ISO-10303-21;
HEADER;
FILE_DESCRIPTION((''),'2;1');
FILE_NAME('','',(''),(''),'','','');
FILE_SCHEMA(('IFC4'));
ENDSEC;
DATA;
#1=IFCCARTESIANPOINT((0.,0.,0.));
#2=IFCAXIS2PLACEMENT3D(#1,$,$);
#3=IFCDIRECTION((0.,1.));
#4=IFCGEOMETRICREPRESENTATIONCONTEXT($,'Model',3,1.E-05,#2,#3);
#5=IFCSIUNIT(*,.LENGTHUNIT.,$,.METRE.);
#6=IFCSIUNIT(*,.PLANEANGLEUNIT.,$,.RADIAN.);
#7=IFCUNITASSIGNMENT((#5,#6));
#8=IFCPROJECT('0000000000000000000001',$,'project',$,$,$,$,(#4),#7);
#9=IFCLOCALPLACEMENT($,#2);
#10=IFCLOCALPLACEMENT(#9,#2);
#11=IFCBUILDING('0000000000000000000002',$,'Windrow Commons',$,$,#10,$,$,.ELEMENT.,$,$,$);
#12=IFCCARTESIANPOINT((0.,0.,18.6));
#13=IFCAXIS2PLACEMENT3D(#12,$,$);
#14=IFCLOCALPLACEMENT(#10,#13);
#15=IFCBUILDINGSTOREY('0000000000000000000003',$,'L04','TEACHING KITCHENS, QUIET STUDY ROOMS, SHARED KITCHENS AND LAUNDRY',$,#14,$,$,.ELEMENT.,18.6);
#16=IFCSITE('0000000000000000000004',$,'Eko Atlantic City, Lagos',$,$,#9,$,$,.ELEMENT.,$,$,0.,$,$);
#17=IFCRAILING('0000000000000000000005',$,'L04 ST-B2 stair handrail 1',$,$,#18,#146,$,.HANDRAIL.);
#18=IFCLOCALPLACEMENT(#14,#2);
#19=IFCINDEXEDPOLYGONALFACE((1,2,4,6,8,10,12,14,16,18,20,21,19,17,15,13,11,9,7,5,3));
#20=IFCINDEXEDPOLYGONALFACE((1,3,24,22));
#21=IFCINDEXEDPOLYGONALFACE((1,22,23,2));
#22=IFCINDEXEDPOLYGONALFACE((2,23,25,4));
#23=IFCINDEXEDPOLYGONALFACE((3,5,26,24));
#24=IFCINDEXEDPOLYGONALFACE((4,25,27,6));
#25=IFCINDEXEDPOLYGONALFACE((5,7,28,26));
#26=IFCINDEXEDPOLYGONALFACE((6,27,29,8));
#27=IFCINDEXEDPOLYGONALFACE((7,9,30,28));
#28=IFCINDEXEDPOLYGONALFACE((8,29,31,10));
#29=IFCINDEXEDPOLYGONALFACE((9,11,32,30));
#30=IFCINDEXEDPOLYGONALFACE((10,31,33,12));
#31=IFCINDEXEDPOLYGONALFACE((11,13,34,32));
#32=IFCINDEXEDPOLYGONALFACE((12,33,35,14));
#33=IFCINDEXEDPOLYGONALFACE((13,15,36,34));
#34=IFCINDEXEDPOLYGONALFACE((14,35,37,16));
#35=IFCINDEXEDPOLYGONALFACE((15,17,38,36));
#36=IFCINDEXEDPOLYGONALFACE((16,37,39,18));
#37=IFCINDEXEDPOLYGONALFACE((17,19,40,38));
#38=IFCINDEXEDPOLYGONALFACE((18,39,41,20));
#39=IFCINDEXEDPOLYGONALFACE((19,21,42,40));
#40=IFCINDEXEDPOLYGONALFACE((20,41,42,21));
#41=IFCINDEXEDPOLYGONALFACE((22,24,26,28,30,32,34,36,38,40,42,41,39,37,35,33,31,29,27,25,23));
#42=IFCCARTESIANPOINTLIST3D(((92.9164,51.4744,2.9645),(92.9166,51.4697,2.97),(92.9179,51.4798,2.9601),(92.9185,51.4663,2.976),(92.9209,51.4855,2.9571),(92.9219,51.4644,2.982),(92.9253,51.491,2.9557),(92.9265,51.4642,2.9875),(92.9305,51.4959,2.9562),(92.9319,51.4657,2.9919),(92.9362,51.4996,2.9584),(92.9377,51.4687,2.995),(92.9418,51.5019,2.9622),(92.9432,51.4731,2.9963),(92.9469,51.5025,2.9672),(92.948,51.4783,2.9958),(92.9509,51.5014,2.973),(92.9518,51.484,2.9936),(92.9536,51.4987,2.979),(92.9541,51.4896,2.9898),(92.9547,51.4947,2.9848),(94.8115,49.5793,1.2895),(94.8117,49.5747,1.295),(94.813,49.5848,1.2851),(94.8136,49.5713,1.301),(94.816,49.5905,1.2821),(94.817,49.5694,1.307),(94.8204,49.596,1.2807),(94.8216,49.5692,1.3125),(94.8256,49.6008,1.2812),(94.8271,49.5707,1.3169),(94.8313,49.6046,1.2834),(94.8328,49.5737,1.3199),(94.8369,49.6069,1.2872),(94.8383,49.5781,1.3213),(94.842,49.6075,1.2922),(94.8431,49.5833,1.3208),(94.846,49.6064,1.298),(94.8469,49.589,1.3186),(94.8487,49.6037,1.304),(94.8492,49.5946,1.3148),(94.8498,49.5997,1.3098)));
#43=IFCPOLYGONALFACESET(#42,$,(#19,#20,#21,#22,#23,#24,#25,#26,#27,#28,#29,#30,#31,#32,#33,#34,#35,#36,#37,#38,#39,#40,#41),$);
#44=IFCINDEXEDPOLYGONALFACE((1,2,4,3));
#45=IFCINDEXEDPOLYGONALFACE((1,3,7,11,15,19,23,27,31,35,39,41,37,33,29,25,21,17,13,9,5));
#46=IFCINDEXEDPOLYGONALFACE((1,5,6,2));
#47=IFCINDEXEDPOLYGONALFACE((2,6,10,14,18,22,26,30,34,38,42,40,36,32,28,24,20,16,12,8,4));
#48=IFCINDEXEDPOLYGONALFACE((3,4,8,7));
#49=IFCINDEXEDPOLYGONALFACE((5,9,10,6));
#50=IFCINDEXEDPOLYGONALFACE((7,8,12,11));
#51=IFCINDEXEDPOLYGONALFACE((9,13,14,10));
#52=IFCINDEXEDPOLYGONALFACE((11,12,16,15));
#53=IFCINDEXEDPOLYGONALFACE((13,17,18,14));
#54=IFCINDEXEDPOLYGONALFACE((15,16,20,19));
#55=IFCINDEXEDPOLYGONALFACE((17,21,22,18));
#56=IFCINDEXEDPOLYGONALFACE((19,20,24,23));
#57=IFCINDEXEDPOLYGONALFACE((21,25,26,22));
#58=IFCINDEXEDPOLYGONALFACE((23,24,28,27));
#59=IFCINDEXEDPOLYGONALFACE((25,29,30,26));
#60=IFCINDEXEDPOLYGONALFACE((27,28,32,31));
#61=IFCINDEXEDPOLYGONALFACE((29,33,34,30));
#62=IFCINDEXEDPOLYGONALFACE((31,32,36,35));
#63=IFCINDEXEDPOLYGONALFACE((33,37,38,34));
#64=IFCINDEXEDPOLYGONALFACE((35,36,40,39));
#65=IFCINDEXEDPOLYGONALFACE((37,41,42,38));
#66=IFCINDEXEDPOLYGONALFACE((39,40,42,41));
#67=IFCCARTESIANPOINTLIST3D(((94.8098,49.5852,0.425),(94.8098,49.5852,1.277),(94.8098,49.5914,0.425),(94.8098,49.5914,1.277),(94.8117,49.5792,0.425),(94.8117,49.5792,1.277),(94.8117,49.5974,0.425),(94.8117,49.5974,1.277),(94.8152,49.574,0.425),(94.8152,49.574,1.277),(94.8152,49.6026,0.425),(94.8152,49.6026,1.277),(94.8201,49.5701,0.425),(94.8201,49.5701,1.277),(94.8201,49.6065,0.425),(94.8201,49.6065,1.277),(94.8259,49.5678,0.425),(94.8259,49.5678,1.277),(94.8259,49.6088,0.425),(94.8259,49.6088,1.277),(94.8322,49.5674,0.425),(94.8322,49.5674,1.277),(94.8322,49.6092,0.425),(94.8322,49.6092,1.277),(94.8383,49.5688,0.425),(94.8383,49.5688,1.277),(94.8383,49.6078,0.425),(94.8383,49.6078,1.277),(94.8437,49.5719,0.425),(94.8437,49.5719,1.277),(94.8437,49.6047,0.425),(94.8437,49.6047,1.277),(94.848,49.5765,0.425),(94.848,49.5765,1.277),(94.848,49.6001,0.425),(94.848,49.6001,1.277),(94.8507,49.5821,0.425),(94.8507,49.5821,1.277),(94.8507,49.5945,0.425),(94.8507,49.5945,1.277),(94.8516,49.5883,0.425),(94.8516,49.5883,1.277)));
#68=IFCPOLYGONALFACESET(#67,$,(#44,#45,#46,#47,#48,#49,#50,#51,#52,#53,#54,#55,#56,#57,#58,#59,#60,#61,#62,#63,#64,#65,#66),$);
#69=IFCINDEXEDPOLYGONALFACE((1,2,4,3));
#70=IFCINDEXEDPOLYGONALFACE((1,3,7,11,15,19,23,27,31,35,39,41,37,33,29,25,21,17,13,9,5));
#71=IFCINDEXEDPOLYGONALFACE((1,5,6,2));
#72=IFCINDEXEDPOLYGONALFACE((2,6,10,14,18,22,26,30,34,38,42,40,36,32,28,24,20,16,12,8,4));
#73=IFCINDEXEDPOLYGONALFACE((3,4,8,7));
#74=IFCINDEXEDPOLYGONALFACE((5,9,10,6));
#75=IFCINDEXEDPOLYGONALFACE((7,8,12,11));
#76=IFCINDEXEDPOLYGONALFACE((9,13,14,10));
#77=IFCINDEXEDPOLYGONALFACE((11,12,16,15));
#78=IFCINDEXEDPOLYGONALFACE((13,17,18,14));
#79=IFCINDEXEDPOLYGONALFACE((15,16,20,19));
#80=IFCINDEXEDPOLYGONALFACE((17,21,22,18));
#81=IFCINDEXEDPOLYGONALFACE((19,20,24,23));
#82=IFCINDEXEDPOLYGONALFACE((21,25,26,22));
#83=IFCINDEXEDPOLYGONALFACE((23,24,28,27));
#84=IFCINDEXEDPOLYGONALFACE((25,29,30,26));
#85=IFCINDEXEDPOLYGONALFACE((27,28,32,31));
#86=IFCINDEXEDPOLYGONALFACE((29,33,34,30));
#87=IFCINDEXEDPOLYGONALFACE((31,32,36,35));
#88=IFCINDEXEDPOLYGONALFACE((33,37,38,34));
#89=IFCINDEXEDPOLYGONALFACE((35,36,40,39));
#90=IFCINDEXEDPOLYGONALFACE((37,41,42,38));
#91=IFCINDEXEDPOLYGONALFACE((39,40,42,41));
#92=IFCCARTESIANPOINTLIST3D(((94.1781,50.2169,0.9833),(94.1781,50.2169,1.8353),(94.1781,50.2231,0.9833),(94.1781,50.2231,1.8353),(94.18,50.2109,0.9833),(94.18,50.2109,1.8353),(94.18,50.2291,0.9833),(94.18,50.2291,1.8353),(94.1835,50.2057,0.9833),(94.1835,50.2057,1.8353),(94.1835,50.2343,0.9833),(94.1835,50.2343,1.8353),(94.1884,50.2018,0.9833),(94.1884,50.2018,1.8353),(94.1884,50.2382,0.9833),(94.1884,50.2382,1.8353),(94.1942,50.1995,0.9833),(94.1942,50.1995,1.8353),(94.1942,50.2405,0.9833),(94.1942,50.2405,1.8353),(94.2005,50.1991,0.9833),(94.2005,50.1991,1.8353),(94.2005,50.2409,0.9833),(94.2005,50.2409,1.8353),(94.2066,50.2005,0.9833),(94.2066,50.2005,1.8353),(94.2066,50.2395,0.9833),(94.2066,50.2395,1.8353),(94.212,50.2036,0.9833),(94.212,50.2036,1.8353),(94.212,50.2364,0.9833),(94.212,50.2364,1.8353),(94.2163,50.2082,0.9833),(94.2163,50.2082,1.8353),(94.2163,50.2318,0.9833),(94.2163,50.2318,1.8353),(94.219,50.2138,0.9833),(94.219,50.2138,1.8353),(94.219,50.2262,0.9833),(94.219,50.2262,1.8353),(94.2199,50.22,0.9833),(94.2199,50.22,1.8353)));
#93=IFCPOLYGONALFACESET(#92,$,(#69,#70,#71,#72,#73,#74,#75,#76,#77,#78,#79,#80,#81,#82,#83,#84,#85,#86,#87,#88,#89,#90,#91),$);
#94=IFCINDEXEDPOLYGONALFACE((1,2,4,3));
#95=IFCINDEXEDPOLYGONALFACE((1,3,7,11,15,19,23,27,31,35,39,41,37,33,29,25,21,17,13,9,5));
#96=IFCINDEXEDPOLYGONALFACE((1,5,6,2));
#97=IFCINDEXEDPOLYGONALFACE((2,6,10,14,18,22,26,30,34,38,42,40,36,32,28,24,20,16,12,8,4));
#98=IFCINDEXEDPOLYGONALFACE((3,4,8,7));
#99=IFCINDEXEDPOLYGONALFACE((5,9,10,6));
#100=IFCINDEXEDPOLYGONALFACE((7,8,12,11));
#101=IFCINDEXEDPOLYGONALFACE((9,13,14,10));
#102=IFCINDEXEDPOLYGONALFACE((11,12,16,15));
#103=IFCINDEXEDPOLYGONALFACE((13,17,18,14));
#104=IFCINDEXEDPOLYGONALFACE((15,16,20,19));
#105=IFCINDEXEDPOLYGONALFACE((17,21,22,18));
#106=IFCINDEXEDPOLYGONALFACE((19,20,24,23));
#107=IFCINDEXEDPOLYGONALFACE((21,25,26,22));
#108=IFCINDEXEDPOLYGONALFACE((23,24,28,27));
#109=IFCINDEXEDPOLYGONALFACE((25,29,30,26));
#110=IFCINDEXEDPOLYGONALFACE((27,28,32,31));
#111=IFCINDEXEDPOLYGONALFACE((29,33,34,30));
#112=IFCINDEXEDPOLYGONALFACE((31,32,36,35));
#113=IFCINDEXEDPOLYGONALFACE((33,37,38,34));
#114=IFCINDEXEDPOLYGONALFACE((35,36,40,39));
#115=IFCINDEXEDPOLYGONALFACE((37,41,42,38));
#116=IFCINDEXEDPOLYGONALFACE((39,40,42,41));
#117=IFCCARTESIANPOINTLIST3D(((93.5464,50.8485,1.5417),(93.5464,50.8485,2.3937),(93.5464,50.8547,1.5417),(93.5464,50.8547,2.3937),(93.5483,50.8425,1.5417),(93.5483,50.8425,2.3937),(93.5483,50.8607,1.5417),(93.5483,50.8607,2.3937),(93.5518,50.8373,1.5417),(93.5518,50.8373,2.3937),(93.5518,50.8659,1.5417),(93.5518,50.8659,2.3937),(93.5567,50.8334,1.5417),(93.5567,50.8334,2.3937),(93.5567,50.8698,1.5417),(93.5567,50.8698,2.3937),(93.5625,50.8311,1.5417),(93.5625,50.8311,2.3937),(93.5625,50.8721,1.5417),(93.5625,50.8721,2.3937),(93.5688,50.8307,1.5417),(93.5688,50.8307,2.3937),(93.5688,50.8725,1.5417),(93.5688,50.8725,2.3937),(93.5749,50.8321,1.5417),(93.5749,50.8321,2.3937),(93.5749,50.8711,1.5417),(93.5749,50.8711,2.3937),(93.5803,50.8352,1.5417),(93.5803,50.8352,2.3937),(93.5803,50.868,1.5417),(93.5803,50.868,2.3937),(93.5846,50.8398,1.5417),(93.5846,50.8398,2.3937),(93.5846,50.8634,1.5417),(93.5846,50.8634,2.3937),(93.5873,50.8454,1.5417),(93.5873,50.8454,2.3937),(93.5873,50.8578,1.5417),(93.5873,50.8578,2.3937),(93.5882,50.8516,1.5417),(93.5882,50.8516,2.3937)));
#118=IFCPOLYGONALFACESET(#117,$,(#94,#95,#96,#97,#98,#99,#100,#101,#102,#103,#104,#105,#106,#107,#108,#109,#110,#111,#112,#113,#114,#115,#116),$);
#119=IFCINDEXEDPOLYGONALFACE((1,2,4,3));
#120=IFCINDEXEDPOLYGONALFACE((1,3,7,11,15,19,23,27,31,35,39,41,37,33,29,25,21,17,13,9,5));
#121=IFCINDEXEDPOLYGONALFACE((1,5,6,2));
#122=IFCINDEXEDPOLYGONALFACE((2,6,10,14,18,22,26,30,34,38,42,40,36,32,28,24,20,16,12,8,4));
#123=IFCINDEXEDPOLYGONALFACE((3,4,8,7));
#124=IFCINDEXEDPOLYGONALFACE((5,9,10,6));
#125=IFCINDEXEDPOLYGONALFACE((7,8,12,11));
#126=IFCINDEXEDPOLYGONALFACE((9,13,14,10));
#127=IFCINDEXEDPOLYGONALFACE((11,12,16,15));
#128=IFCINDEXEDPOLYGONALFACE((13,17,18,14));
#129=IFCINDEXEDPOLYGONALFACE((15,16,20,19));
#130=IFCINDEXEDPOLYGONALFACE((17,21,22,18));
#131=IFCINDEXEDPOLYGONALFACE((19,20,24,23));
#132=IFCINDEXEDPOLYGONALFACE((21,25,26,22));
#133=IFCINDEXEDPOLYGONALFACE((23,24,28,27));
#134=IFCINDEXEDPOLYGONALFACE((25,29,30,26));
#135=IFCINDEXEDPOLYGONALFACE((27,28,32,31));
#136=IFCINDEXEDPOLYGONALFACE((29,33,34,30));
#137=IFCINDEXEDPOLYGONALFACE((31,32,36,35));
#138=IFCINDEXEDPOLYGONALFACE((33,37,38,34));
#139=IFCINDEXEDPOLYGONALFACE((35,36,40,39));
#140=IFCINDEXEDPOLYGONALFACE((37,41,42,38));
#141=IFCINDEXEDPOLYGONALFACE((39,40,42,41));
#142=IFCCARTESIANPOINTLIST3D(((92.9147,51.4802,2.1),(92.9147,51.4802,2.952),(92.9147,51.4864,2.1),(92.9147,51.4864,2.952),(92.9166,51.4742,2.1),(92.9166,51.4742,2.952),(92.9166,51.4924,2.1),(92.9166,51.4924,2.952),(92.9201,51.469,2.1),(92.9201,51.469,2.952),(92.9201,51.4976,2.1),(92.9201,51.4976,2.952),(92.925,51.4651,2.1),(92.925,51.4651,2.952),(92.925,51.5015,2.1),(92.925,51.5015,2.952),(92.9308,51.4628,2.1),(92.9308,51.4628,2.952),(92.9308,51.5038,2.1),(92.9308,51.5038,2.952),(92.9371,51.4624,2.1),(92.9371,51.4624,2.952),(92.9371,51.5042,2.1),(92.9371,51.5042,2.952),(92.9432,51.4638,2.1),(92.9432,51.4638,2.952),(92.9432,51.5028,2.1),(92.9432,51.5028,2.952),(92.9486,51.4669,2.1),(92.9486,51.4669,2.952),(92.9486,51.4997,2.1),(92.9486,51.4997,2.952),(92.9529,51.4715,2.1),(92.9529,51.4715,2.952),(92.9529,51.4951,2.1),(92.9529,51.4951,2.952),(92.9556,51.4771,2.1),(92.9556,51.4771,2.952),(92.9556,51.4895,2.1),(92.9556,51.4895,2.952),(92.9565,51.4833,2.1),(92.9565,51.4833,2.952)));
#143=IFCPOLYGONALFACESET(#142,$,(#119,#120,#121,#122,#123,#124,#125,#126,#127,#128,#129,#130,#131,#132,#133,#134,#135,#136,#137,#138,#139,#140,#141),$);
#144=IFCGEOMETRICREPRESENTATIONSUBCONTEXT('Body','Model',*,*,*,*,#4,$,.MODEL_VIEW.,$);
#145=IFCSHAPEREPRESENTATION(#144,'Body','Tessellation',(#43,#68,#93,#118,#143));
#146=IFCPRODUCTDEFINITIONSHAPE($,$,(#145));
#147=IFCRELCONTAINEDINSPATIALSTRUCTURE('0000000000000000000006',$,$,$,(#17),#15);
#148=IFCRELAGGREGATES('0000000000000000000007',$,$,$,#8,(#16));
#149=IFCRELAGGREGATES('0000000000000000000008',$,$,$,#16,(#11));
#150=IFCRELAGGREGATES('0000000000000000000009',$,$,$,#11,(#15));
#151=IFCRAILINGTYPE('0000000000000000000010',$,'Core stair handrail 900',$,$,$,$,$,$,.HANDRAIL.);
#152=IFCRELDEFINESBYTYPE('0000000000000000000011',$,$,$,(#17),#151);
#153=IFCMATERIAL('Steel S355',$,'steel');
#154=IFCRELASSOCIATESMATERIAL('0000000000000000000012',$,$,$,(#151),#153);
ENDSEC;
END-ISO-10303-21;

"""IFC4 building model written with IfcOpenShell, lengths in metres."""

from ifc_helpers import new_model, si_unit, direction, frame, origin, origin_2d, place, context, subcontext, project, spatial, circle, extrude, material, type_object, element, save


model = new_model("IFC4")

# Units and contexts
model_context = context("Model", 3, precision=1e-05, world=origin(), true_north=direction((0.0, 1.0)))
body_context = subcontext(model_context, "Body", "Model", "MODEL_VIEW")
ifc_project = project(units=[si_unit("LENGTHUNIT", "METRE"), si_unit("PLANEANGLEUNIT", "RADIAN")], contexts=[model_context])

# Site, building, storey
site_placement = place(None, origin())
site = spatial("IfcSite", under=ifc_project, at=site_placement, Name="Eko Atlantic City, Lagos", CompositionType="ELEMENT", RefElevation=0.0)
building_placement = place(site_placement, origin())
building = spatial("IfcBuilding", under=site, at=building_placement, Name="Windrow Commons", CompositionType="ELEMENT")
storey_placement = place(building_placement, frame((0.0, 0.0, 18.6)))
storey = spatial("IfcBuildingStorey", under=building, at=storey_placement, Name="L04", Description="TEACHING KITCHENS, QUIET STUDY ROOMS, SHARED KITCHENS AND LAUNDRY", CompositionType="ELEMENT", Elevation=18.6)

# Railing
ifc_material_1 = material(Name="Steel S355", Category="steel")
railing_type_1 = type_object("IfcRailingType", Name="Core stair handrail 900", PredefinedType="HANDRAIL", material=ifc_material_1)
for number, where, name in (
    (1, (94.8306, 49.5883, 0.425), "L04 ST-B2 stair handrail 1"),
):
    element("IfcRailing", number, at=place(storey_placement, frame(where)), inside=storey, type_object=railing_type_1, Name=name, PredefinedType="HANDRAIL", context=body_context, shape_type="SweptSolid", body=[
        extrude(circle(Radius=0.024, at=origin_2d()), frame((0.0, 0.0, 0.876), z_axis=(-0.599642, 0.59961, 0.529998), x_axis=(-0.707088, -0.707125, 0.0)), (0.0, 0.0, 1.0), 3.1604),
        extrude(circle(Radius=0.021, at=origin_2d()), origin(), (0.0, 0.0, 1.0), 0.852),
        extrude(circle(Radius=0.021, at=origin_2d()), frame((-0.6317, 0.6317, 0.5583)), (0.0, 0.0, 1.0), 0.852),
        extrude(circle(Radius=0.021, at=origin_2d()), frame((-1.2634, 1.2633, 1.1167)), (0.0, 0.0, 1.0), 0.852),
        extrude(circle(Radius=0.021, at=origin_2d()), frame((-1.8951, 1.895, 1.675)), (0.0, 0.0, 1.0), 0.852),
    ])

save(model, "model.ifc")
